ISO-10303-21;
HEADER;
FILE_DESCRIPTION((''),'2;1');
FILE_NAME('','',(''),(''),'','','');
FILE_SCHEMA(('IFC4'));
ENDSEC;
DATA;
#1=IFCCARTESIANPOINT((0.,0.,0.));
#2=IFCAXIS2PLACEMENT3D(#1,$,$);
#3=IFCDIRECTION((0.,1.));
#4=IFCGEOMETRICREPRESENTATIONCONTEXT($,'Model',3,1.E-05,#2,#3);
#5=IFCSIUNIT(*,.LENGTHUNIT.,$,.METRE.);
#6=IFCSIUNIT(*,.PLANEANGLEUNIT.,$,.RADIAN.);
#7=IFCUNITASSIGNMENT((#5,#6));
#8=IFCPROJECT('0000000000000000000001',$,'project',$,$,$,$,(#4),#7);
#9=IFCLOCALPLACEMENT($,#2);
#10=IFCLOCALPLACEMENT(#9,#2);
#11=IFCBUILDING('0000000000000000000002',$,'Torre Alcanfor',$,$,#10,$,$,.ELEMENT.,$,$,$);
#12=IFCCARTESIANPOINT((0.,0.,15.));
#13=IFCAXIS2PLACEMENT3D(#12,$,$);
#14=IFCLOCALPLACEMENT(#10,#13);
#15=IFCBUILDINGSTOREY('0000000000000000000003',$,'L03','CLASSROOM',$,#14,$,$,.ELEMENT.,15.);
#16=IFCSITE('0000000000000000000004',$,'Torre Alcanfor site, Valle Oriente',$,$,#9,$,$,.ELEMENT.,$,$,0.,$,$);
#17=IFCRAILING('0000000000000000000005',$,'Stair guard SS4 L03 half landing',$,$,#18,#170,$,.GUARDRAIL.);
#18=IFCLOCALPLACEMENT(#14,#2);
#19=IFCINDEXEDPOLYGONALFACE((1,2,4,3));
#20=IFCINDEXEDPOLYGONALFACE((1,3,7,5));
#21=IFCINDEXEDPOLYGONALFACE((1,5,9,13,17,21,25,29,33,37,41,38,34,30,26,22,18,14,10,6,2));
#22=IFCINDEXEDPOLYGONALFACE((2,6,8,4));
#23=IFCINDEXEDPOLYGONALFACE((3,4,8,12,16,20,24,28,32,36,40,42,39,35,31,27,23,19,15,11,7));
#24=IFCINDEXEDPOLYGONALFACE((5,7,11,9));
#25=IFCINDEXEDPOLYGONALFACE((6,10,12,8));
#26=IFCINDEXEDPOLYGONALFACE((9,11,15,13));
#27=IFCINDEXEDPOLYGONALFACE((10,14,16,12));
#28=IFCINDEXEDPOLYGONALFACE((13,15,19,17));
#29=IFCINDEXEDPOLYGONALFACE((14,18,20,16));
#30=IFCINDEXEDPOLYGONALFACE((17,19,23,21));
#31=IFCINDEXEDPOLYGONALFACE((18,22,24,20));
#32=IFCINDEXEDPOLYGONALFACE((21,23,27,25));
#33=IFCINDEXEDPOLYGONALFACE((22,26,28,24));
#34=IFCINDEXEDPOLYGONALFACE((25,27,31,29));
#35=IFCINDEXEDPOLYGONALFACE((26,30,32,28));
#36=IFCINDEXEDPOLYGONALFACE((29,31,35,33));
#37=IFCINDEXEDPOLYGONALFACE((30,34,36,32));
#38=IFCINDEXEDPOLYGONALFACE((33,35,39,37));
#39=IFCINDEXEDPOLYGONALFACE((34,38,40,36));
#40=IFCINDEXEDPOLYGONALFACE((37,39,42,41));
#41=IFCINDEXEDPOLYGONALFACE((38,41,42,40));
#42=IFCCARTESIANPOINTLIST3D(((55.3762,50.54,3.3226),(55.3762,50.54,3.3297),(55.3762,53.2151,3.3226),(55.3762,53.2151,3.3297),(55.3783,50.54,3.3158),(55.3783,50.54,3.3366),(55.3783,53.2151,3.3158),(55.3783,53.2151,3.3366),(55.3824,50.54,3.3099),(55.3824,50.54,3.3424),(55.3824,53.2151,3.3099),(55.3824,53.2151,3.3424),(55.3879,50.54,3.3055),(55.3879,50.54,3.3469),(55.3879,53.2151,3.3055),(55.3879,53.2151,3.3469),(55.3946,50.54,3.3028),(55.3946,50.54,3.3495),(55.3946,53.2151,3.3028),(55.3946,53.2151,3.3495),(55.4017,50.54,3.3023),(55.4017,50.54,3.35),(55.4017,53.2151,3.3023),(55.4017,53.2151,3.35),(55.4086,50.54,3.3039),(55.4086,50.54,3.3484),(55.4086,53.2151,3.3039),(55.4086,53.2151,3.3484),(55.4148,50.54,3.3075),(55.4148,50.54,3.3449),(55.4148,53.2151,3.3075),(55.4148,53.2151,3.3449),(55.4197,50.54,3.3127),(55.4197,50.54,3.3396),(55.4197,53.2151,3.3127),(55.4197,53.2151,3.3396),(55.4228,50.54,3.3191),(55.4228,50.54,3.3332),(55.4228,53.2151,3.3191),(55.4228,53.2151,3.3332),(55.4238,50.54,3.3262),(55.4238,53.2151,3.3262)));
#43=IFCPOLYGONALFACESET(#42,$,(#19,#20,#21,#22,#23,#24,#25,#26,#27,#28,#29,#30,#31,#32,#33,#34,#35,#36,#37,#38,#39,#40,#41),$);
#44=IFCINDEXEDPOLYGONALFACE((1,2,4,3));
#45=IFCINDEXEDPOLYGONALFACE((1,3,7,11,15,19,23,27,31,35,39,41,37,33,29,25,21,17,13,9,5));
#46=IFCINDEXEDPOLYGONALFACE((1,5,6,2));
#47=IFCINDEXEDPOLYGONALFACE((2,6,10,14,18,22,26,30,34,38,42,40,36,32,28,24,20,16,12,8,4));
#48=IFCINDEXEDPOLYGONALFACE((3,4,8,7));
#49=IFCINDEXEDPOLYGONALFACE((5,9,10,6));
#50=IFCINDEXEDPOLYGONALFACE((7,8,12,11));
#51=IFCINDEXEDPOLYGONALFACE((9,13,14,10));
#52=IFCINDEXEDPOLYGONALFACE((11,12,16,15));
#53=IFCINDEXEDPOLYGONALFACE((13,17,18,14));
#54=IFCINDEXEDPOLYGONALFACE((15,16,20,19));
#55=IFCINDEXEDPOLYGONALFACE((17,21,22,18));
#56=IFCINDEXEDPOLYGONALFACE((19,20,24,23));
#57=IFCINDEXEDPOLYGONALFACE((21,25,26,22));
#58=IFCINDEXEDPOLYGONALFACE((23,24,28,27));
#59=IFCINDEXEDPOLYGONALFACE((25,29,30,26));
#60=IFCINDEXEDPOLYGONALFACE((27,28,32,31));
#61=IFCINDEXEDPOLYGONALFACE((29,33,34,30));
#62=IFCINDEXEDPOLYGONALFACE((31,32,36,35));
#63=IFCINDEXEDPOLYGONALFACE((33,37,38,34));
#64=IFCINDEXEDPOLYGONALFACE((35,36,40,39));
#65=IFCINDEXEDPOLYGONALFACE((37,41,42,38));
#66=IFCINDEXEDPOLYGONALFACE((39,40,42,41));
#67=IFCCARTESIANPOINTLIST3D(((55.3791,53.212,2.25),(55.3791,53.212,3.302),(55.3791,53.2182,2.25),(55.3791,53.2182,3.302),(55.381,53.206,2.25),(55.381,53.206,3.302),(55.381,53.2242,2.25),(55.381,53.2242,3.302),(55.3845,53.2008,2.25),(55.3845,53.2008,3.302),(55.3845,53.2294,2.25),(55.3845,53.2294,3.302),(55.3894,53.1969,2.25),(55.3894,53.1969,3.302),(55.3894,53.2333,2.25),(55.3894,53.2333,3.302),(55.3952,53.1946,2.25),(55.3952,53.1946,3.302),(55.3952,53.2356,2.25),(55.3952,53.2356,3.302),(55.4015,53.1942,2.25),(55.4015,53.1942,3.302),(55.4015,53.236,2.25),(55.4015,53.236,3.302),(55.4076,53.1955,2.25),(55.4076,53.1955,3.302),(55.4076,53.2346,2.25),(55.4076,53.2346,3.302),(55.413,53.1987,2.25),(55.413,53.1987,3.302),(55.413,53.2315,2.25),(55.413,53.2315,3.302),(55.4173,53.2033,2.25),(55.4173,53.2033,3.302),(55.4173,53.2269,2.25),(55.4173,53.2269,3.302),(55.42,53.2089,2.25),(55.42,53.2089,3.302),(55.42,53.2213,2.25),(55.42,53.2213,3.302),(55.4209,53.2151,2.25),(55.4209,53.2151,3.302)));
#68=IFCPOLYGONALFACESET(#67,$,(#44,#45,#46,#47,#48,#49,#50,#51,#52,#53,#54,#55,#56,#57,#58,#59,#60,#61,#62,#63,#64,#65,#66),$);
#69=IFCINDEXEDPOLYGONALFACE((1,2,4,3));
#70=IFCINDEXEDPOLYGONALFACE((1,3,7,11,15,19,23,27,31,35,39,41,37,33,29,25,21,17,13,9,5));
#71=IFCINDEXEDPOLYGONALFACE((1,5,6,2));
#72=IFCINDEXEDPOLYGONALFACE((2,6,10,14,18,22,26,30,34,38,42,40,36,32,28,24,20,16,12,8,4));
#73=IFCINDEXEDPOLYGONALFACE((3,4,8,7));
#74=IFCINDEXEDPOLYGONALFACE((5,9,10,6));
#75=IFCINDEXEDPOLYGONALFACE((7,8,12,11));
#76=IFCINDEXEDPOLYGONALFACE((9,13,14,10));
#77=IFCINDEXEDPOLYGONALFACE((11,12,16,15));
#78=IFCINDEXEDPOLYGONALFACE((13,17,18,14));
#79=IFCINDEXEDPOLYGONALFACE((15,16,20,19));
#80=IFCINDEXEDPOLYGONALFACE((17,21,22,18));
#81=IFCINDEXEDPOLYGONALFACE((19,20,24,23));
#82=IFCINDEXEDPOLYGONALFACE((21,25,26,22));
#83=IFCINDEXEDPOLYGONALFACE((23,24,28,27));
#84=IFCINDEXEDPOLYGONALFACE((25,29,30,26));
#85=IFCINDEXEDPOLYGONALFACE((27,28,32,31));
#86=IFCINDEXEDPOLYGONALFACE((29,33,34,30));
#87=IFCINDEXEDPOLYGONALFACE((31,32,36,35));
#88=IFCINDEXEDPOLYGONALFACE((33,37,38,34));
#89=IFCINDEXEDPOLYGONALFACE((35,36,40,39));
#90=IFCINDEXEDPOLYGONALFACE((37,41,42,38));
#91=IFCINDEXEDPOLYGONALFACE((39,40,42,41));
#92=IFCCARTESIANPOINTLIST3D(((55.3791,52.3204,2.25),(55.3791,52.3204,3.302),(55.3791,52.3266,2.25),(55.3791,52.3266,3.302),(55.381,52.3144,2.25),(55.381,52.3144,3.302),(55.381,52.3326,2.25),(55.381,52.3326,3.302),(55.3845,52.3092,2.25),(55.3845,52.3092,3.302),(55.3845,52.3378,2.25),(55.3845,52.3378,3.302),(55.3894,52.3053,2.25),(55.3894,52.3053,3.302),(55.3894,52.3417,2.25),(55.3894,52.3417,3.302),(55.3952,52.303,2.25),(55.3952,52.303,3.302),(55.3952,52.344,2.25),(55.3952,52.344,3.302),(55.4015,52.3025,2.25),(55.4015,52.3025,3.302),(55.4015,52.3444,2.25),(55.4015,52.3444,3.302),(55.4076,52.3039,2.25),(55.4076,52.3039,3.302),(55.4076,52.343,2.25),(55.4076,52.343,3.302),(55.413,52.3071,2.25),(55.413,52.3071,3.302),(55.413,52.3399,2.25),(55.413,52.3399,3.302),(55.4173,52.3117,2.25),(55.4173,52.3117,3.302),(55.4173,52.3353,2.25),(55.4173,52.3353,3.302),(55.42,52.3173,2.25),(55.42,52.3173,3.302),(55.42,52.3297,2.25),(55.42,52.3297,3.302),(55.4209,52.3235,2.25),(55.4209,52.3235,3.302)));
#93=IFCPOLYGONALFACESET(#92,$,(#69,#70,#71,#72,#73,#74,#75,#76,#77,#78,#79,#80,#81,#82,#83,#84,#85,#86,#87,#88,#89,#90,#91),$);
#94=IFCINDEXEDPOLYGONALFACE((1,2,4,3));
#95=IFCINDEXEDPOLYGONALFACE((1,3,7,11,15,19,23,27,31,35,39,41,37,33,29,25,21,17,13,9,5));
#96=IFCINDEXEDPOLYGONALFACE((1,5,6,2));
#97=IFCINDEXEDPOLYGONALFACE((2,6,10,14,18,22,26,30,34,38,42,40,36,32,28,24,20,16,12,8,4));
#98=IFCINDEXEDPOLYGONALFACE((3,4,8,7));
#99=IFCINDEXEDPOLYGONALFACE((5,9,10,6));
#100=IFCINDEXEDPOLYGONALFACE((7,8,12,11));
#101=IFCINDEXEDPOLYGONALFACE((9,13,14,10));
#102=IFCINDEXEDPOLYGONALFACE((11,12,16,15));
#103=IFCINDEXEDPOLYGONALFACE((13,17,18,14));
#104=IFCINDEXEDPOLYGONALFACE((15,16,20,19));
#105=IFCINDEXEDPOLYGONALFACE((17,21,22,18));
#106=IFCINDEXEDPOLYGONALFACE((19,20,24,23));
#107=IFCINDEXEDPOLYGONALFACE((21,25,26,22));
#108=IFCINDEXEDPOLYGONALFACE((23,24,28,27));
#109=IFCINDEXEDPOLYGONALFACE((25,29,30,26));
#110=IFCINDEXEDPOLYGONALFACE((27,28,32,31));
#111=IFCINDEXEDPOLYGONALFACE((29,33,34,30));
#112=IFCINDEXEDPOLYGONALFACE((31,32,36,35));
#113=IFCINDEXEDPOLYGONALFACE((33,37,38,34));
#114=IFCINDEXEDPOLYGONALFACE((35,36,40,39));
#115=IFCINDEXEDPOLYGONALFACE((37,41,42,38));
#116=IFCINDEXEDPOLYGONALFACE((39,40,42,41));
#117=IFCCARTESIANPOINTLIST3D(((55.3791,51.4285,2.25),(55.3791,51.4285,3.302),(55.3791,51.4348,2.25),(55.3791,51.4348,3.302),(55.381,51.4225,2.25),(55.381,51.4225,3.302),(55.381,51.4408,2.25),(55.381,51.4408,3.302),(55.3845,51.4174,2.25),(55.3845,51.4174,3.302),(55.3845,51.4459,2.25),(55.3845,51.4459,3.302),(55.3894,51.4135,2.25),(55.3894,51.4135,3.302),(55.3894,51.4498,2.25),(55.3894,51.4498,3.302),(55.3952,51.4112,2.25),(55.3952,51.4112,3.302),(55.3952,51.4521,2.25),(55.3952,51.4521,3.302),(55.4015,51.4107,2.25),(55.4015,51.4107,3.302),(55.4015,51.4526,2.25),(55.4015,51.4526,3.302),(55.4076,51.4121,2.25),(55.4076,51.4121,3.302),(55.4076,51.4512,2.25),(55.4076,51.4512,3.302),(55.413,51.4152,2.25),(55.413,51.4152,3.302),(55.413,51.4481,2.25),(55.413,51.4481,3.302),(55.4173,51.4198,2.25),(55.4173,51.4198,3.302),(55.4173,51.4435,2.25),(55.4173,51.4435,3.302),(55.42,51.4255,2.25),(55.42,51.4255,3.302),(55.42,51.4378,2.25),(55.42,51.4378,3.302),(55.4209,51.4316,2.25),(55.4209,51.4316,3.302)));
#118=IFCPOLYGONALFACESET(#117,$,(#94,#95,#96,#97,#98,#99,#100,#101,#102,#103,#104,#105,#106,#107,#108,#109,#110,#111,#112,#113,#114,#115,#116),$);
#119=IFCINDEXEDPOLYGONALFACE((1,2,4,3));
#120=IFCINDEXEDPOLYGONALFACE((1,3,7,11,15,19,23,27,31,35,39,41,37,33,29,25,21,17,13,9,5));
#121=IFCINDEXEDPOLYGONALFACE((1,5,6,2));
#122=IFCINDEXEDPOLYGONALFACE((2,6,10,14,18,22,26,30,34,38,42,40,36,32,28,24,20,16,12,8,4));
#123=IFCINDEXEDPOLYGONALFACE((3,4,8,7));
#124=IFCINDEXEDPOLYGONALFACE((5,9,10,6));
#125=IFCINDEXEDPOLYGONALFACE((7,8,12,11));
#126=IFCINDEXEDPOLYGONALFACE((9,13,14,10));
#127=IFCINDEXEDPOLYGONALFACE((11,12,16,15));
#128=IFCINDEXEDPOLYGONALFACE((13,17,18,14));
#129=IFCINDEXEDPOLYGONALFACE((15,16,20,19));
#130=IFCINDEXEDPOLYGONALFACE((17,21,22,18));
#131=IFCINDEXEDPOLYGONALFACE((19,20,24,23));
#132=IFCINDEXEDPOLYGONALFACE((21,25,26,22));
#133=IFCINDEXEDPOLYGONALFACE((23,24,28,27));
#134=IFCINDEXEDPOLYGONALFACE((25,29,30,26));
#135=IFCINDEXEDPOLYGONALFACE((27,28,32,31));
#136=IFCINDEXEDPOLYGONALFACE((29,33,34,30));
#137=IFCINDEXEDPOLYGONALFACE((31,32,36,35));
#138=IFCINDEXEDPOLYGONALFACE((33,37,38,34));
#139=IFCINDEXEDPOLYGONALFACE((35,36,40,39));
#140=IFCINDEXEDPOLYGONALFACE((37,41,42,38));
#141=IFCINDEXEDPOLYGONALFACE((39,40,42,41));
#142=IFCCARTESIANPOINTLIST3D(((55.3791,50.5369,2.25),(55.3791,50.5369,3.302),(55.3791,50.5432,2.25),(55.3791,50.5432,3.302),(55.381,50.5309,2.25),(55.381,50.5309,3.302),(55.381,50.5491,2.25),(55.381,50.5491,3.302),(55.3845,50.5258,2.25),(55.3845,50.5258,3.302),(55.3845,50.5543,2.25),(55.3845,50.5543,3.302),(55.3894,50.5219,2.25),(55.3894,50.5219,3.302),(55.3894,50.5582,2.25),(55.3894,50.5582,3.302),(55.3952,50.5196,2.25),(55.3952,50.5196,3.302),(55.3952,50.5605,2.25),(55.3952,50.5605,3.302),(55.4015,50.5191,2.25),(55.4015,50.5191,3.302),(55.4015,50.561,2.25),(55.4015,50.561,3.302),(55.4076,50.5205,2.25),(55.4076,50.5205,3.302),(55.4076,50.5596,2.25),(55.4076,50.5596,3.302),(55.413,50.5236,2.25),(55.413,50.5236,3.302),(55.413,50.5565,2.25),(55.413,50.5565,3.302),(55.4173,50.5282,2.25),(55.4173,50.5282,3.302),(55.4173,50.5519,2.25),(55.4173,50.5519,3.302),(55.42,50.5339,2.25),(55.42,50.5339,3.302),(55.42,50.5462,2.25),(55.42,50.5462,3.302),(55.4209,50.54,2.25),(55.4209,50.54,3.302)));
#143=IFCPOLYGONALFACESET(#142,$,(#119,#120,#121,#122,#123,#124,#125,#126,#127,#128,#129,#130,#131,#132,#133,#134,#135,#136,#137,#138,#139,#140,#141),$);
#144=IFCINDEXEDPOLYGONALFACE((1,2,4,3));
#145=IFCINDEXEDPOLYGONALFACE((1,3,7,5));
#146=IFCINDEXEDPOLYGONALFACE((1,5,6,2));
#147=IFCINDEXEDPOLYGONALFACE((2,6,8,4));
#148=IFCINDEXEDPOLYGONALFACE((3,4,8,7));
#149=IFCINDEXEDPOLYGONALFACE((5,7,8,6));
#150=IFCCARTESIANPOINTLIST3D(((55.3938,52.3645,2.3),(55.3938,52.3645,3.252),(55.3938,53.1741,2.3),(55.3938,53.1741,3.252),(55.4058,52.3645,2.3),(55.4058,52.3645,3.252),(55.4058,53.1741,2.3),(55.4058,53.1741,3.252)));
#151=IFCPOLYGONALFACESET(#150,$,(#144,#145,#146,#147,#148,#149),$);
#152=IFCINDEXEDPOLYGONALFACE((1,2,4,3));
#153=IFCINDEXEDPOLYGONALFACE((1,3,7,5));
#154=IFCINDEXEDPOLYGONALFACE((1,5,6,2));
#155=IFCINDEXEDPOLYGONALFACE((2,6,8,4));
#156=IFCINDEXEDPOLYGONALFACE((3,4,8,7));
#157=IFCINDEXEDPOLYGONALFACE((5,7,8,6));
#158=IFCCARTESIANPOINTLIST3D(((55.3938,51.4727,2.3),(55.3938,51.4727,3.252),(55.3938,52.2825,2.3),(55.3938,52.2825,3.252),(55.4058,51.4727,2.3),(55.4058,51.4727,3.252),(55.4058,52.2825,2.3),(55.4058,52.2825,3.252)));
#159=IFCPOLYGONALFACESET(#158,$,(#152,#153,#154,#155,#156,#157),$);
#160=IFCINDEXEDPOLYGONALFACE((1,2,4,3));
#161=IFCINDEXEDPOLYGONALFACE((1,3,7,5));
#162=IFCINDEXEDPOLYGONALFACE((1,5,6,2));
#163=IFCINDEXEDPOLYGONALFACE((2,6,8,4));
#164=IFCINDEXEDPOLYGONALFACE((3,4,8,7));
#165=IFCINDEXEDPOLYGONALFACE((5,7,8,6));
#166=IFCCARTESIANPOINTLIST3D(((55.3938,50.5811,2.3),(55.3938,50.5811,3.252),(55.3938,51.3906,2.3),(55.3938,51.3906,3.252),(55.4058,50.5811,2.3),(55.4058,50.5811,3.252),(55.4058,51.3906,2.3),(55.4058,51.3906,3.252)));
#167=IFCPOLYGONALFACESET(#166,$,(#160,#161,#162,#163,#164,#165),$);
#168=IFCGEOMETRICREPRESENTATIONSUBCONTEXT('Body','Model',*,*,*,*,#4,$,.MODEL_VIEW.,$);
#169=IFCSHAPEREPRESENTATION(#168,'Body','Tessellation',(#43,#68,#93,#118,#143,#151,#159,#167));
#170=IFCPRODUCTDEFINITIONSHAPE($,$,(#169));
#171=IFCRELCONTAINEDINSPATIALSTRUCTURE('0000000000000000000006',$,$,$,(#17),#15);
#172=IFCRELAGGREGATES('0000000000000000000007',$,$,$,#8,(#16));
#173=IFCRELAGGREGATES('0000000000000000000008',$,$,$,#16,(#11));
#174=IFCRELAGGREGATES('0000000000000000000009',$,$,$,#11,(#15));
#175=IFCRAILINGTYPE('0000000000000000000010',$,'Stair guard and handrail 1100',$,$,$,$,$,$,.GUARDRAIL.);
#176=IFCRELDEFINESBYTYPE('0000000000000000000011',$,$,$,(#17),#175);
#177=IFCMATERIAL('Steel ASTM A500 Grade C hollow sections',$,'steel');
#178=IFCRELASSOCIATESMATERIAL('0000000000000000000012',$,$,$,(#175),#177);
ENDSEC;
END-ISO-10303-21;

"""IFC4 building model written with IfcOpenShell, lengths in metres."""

from ifc_helpers import new_model, si_unit, direction, frame, origin, origin_2d, place, context, subcontext, project, spatial, polyline, circle, outline, extrude, material, type_object, element, save


model = new_model("IFC4")

# Units and contexts
model_context = context("Model", 3, precision=1e-05, world=origin(), true_north=direction((0.0, 1.0)))
body_context = subcontext(model_context, "Body", "Model", "MODEL_VIEW")
ifc_project = project(units=[si_unit("LENGTHUNIT", "METRE"), si_unit("PLANEANGLEUNIT", "RADIAN")], contexts=[model_context])

# Site, building, storey
site_placement = place(None, origin())
site = spatial("IfcSite", under=ifc_project, at=site_placement, Name="Torre Alcanfor site, Valle Oriente", CompositionType="ELEMENT", RefElevation=0.0)
building_placement = place(site_placement, origin())
building = spatial("IfcBuilding", under=site, at=building_placement, Name="Torre Alcanfor", CompositionType="ELEMENT")
storey_placement = place(building_placement, frame((0.0, 0.0, 15.0)))
storey = spatial("IfcBuildingStorey", under=building, at=storey_placement, Name="L03", Description="CLASSROOM", CompositionType="ELEMENT", Elevation=15.0)

# Railing
ifc_material_1 = material(Name="Steel ASTM A500 Grade C hollow sections", Category="steel")
railing_type_1 = type_object("IfcRailingType", Name="Stair guard and handrail 1100", PredefinedType="GUARDRAIL", material=ifc_material_1)
railing_1_placement = place(storey_placement, frame((55.3999, 53.2151, 2.25)))
element("IfcRailing", 1, at=railing_1_placement, inside=storey, type_object=railing_type_1, Name="Stair guard SS4 L03 half landing", PredefinedType="GUARDRAIL", context=body_context, shape_type="SweptSolid", body=[
    extrude(circle(Radius=0.0239, at=origin_2d()), frame((0.0, 0.0, 1.0762), z_axis=(0.0, -1.0, 0.0), x_axis=(1.0, 0.0, 0.0)), (0.0, 0.0, 1.0), 2.675),
    extrude(circle(Radius=0.021, at=origin_2d()), origin(), (0.0, 0.0, 1.0), 1.052),
    extrude(circle(Radius=0.021, at=origin_2d()), frame((0.0, -0.8916, 0.0)), (0.0, 0.0, 1.0), 1.052),
    extrude(circle(Radius=0.021, at=origin_2d()), frame((0.0, -1.7834, 0.0)), (0.0, 0.0, 1.0), 1.052),
    extrude(circle(Radius=0.021, at=origin_2d()), frame((0.0, -2.675, 0.0)), (0.0, 0.0, 1.0), 1.052),
    extrude(outline(polyline([(0.041, 0.05), (0.8506, 0.05), (0.8506, 1.002), (0.041, 1.002), (0.041, 0.05)])), frame((0.0059, 0.0, 0.0), z_axis=(-1.0, 0.0, 0.0), x_axis=(0.0, -1.0, 0.0)), (0.0, 0.0, 1.0), 0.012),
    extrude(outline(polyline([(0.9326, 0.05), (1.7424, 0.05), (1.7424, 1.002), (0.9326, 1.002), (0.9326, 0.05)])), frame((0.0059, 0.0, 0.0), z_axis=(-1.0, 0.0, 0.0), x_axis=(0.0, -1.0, 0.0)), (0.0, 0.0, 1.0), 0.012),
    extrude(outline(polyline([(1.8245, 0.05), (2.634, 0.05), (2.634, 1.002), (1.8245, 1.002), (1.8245, 0.05)])), frame((0.0059, 0.0, 0.0), z_axis=(-1.0, 0.0, 0.0), x_axis=(0.0, -1.0, 0.0)), (0.0, 0.0, 1.0), 0.012),
])

save(model, "model.ifc")
